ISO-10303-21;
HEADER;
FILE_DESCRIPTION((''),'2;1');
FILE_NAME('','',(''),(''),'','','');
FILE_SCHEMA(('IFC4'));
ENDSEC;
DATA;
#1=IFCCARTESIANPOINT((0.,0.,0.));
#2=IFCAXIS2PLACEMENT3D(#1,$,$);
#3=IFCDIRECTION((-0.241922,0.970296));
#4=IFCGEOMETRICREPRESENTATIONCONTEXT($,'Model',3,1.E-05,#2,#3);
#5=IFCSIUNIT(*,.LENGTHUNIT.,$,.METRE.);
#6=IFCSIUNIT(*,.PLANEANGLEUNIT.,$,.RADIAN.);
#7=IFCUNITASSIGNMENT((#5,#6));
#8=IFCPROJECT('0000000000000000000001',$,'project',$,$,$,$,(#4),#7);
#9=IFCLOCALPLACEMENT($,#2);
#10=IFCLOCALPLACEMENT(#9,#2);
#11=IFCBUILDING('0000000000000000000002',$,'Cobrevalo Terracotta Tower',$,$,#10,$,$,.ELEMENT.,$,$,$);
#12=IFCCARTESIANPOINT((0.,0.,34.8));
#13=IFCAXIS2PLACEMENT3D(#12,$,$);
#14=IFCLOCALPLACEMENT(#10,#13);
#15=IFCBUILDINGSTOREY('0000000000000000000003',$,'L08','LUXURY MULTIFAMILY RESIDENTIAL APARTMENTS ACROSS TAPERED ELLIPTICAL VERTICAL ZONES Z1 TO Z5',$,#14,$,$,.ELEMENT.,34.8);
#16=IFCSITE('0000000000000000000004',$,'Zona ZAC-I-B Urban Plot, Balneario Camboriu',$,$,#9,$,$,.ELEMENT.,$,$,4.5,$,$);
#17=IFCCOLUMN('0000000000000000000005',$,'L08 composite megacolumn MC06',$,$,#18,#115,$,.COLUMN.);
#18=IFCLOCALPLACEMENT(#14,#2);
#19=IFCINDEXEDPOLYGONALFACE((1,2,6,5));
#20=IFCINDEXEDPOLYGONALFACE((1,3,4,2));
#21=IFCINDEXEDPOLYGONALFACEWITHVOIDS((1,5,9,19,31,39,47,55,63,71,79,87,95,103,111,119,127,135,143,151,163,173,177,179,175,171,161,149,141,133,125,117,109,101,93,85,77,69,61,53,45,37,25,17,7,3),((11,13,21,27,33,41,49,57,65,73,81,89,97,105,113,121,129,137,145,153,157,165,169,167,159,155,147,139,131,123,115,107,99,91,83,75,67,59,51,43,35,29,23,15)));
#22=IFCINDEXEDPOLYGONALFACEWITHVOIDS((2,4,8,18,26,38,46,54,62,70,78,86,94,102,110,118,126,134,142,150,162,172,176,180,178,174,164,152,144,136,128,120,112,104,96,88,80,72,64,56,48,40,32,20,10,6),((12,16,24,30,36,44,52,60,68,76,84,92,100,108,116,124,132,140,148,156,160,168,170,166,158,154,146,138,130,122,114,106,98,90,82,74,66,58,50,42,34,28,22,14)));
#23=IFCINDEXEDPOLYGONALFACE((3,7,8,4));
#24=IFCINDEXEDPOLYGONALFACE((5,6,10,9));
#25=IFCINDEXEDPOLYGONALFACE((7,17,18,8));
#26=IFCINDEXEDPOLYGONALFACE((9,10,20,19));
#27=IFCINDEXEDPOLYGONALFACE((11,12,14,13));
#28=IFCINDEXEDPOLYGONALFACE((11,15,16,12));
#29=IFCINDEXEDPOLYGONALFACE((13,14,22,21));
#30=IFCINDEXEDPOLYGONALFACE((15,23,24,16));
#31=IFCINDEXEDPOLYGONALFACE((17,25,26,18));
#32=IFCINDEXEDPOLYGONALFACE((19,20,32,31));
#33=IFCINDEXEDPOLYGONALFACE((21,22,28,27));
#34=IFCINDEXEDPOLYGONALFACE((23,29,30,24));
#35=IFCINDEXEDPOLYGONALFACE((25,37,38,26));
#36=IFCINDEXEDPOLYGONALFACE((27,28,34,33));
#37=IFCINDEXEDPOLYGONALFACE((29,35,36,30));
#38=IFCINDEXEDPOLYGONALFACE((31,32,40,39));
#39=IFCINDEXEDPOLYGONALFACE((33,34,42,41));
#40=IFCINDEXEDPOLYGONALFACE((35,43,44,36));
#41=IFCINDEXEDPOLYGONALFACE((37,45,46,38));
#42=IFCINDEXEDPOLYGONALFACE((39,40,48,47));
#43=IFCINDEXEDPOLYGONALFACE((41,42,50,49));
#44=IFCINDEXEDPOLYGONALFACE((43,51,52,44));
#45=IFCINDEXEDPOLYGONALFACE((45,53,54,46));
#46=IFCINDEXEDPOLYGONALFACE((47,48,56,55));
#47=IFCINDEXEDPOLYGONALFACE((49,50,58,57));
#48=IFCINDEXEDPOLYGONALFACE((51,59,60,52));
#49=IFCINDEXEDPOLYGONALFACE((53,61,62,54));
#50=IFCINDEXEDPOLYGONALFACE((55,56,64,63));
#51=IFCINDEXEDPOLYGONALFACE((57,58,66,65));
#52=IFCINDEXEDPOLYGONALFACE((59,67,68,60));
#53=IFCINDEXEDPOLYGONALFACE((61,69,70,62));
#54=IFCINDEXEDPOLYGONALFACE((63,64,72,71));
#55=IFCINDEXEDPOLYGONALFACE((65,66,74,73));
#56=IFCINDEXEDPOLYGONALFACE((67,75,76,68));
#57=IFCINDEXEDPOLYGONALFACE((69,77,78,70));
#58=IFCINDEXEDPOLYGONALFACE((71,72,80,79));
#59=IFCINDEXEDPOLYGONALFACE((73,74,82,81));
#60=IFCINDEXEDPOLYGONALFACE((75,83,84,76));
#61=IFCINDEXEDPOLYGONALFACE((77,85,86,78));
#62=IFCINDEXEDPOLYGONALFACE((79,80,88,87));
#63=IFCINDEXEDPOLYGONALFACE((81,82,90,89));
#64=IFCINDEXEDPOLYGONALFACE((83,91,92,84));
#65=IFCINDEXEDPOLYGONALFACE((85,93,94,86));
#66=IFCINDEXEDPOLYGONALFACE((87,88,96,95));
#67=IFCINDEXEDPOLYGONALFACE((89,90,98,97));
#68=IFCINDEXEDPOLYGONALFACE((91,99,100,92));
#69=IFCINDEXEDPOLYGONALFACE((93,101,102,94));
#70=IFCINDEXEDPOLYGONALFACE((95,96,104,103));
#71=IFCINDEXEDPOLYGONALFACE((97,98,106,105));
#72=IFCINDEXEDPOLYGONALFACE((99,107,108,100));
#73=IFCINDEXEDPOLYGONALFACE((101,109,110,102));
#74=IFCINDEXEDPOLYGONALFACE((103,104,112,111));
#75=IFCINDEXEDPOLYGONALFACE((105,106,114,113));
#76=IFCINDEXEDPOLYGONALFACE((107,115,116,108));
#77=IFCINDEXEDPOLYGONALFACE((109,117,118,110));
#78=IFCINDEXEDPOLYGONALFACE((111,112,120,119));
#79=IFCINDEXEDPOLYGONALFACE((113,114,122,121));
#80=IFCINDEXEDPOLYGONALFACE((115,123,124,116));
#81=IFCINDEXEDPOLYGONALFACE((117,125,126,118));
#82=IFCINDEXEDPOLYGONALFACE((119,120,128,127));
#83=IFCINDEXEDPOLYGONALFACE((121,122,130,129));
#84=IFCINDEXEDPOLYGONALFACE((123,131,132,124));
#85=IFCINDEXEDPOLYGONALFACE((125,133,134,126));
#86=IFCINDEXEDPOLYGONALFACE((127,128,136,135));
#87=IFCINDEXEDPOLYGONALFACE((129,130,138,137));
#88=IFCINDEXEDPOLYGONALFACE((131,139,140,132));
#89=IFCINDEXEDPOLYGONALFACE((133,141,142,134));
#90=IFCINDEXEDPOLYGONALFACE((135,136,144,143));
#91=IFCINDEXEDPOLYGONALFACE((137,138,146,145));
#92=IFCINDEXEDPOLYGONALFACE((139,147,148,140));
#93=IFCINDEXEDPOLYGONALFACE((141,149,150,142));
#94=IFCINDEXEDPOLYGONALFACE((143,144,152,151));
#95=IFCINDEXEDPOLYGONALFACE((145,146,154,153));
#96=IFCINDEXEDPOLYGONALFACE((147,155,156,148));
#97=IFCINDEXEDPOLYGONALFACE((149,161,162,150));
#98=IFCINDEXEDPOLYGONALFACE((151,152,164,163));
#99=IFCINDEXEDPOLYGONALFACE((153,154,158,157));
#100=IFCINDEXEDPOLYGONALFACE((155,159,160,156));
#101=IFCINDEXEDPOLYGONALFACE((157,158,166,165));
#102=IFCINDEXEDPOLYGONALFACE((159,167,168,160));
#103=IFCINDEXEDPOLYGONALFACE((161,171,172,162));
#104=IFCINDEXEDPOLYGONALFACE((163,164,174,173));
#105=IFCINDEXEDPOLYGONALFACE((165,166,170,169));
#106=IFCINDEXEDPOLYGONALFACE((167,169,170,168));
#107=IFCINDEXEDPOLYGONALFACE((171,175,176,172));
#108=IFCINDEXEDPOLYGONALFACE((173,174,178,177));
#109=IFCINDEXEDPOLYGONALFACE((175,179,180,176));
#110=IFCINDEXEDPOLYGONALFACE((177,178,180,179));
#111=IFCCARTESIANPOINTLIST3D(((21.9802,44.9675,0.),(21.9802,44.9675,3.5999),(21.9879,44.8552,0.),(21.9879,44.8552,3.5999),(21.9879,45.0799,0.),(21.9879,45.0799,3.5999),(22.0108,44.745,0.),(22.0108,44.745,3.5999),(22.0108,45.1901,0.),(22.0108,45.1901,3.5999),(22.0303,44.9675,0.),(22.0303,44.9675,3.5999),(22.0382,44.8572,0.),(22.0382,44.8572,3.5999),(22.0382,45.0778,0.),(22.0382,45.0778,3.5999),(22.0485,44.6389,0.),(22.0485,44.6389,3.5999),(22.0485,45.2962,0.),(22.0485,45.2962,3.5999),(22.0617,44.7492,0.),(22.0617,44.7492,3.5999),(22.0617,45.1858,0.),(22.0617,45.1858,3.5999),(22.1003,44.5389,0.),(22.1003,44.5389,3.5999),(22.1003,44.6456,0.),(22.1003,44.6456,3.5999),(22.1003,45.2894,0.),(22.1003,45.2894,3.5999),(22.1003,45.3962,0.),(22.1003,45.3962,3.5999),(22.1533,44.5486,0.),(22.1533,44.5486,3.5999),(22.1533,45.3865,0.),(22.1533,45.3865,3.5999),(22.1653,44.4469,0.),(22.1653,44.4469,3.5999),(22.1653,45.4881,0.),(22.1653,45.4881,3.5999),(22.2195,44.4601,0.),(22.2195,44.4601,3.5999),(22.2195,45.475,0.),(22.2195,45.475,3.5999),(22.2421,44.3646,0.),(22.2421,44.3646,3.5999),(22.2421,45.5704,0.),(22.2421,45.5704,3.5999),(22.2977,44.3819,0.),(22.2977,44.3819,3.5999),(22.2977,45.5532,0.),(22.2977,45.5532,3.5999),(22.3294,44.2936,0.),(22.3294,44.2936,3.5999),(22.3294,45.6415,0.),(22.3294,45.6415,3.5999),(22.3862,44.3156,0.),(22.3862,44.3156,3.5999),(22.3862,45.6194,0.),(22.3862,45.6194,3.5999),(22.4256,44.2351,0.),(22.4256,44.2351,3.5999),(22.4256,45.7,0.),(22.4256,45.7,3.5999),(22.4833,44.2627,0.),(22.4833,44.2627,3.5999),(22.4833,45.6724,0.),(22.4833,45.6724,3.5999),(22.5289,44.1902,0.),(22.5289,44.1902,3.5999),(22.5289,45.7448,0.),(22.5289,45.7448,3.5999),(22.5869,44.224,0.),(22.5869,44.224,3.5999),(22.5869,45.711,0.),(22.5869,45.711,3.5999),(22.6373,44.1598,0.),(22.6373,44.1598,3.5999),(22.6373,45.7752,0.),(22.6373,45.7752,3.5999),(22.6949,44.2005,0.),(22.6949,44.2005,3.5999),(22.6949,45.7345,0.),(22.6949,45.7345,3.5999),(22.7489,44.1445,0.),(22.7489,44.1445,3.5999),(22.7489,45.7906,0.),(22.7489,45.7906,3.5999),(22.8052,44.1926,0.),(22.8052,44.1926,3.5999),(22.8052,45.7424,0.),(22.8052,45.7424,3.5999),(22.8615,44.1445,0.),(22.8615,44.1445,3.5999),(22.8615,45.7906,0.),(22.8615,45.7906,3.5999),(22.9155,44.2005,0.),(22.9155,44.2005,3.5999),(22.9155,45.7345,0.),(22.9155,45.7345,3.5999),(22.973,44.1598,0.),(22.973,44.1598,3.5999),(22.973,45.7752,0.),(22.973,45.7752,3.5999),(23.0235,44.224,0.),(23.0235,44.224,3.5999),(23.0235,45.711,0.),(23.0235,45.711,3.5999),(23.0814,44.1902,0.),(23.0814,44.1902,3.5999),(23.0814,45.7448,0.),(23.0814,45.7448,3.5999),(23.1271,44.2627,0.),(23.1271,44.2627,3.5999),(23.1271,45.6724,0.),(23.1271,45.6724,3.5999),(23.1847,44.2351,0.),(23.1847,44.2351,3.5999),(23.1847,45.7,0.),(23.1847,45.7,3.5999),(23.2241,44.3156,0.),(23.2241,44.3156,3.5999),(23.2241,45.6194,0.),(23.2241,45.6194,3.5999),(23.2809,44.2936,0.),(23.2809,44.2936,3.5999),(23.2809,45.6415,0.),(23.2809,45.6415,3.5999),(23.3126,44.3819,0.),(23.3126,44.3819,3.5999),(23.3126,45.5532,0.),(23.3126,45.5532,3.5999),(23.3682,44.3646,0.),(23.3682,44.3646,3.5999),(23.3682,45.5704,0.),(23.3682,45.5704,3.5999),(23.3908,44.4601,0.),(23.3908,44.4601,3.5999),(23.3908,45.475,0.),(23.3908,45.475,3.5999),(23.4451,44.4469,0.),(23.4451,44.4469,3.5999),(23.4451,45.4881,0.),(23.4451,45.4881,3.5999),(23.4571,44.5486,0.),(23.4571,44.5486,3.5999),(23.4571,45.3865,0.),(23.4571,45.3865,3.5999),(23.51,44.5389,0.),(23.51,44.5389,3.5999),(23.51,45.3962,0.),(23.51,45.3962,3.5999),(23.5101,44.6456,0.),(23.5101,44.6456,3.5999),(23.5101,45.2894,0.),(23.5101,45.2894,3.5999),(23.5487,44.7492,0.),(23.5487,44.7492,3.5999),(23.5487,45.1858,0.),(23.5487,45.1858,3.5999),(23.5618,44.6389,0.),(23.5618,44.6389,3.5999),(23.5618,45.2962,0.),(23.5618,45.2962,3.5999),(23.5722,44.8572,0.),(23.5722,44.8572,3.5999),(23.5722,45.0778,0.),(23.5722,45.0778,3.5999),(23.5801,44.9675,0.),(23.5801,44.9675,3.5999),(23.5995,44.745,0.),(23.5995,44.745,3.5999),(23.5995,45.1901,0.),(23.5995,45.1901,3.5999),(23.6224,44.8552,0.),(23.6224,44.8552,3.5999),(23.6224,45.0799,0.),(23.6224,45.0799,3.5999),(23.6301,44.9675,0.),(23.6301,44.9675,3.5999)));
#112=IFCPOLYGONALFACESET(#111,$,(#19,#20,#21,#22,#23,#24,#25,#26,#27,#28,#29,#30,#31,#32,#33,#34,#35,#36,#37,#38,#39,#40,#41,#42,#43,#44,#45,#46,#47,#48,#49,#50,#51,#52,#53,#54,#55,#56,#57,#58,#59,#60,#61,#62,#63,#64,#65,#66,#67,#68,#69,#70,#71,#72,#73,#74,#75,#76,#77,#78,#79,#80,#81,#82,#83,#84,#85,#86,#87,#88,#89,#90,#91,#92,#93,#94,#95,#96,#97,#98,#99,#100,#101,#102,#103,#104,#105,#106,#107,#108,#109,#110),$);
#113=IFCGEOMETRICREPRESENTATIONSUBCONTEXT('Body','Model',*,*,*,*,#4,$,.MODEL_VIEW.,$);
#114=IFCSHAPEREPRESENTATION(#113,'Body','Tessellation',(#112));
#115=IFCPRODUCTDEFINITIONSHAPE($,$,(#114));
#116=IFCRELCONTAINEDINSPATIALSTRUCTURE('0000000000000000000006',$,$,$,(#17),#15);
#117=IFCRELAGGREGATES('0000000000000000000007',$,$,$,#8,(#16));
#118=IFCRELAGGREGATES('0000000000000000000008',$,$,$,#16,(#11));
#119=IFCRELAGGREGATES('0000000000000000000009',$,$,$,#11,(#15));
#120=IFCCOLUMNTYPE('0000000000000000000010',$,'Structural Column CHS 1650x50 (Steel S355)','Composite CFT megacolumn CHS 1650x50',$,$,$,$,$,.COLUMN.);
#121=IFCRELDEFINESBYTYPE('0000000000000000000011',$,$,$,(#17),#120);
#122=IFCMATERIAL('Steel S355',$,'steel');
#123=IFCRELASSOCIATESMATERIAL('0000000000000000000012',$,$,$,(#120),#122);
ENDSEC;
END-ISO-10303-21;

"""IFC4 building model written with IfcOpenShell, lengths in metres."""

from ifc_helpers import new_model, si_unit, direction, frame, origin, origin_2d, place, context, subcontext, project, spatial, hollow_circle, extrude, material, material_profile, profile_set, type_object, element, save


model = new_model("IFC4")

# Units and contexts
model_context = context("Model", 3, precision=1e-05, world=origin(), true_north=direction((-0.241922, 0.970296)))
body_context = subcontext(model_context, "Body", "Model", "MODEL_VIEW")
ifc_project = project(units=[si_unit("LENGTHUNIT", "METRE"), si_unit("PLANEANGLEUNIT", "RADIAN")], contexts=[model_context])

# Site, building, storey
site_placement = place(None, origin())
site = spatial("IfcSite", under=ifc_project, at=site_placement, Name="Zona ZAC-I-B Urban Plot, Balneario Camboriu", CompositionType="ELEMENT", RefElevation=4.5)
building_placement = place(site_placement, origin())
building = spatial("IfcBuilding", under=site, at=building_placement, Name="Cobrevalo Terracotta Tower", CompositionType="ELEMENT")
storey_placement = place(building_placement, frame((0.0, 0.0, 34.8)))
storey = spatial("IfcBuildingStorey", under=building, at=storey_placement, Name="L08", Description="LUXURY MULTIFAMILY RESIDENTIAL APARTMENTS ACROSS TAPERED ELLIPTICAL VERTICAL ZONES Z1 TO Z5", CompositionType="ELEMENT", Elevation=34.8)

# Column
ifc_material_1 = material(Name="Steel S355", Category="steel")
ifc_material_profile_1 = material_profile(ifc_material_1, hollow_circle(Radius=0.825, WallThickness=0.05, at=origin_2d()), Name="CHS 1650x50")
ifc_profile_set_1 = profile_set([ifc_material_profile_1], Name="Steel S355")
column_type = type_object("IfcColumnType", Name="Structural Column CHS 1650x50 (Steel S355)", Description="Composite CFT megacolumn CHS 1650x50", PredefinedType="COLUMN", material=ifc_profile_set_1)
for number, where, z_axis, x_axis, name in (
    (1, (22.8052, 44.9675, 0.0), (0.0, 0.0, 1.0), (1.0, 0.0, 0.0), "L08 composite megacolumn MC06"),
):
    element("IfcColumn", number, at=place(storey_placement, frame(where, z_axis=z_axis, x_axis=x_axis)), inside=storey, type_object=column_type, Name=name, PredefinedType="COLUMN", context=body_context, shape_type="SweptSolid", body=[
        extrude(hollow_circle(Radius=0.825, WallThickness=0.05, at=origin_2d()), origin(), (0.0, 0.0, 1.0), 3.5999),
    ])

save(model, "model.ifc")
